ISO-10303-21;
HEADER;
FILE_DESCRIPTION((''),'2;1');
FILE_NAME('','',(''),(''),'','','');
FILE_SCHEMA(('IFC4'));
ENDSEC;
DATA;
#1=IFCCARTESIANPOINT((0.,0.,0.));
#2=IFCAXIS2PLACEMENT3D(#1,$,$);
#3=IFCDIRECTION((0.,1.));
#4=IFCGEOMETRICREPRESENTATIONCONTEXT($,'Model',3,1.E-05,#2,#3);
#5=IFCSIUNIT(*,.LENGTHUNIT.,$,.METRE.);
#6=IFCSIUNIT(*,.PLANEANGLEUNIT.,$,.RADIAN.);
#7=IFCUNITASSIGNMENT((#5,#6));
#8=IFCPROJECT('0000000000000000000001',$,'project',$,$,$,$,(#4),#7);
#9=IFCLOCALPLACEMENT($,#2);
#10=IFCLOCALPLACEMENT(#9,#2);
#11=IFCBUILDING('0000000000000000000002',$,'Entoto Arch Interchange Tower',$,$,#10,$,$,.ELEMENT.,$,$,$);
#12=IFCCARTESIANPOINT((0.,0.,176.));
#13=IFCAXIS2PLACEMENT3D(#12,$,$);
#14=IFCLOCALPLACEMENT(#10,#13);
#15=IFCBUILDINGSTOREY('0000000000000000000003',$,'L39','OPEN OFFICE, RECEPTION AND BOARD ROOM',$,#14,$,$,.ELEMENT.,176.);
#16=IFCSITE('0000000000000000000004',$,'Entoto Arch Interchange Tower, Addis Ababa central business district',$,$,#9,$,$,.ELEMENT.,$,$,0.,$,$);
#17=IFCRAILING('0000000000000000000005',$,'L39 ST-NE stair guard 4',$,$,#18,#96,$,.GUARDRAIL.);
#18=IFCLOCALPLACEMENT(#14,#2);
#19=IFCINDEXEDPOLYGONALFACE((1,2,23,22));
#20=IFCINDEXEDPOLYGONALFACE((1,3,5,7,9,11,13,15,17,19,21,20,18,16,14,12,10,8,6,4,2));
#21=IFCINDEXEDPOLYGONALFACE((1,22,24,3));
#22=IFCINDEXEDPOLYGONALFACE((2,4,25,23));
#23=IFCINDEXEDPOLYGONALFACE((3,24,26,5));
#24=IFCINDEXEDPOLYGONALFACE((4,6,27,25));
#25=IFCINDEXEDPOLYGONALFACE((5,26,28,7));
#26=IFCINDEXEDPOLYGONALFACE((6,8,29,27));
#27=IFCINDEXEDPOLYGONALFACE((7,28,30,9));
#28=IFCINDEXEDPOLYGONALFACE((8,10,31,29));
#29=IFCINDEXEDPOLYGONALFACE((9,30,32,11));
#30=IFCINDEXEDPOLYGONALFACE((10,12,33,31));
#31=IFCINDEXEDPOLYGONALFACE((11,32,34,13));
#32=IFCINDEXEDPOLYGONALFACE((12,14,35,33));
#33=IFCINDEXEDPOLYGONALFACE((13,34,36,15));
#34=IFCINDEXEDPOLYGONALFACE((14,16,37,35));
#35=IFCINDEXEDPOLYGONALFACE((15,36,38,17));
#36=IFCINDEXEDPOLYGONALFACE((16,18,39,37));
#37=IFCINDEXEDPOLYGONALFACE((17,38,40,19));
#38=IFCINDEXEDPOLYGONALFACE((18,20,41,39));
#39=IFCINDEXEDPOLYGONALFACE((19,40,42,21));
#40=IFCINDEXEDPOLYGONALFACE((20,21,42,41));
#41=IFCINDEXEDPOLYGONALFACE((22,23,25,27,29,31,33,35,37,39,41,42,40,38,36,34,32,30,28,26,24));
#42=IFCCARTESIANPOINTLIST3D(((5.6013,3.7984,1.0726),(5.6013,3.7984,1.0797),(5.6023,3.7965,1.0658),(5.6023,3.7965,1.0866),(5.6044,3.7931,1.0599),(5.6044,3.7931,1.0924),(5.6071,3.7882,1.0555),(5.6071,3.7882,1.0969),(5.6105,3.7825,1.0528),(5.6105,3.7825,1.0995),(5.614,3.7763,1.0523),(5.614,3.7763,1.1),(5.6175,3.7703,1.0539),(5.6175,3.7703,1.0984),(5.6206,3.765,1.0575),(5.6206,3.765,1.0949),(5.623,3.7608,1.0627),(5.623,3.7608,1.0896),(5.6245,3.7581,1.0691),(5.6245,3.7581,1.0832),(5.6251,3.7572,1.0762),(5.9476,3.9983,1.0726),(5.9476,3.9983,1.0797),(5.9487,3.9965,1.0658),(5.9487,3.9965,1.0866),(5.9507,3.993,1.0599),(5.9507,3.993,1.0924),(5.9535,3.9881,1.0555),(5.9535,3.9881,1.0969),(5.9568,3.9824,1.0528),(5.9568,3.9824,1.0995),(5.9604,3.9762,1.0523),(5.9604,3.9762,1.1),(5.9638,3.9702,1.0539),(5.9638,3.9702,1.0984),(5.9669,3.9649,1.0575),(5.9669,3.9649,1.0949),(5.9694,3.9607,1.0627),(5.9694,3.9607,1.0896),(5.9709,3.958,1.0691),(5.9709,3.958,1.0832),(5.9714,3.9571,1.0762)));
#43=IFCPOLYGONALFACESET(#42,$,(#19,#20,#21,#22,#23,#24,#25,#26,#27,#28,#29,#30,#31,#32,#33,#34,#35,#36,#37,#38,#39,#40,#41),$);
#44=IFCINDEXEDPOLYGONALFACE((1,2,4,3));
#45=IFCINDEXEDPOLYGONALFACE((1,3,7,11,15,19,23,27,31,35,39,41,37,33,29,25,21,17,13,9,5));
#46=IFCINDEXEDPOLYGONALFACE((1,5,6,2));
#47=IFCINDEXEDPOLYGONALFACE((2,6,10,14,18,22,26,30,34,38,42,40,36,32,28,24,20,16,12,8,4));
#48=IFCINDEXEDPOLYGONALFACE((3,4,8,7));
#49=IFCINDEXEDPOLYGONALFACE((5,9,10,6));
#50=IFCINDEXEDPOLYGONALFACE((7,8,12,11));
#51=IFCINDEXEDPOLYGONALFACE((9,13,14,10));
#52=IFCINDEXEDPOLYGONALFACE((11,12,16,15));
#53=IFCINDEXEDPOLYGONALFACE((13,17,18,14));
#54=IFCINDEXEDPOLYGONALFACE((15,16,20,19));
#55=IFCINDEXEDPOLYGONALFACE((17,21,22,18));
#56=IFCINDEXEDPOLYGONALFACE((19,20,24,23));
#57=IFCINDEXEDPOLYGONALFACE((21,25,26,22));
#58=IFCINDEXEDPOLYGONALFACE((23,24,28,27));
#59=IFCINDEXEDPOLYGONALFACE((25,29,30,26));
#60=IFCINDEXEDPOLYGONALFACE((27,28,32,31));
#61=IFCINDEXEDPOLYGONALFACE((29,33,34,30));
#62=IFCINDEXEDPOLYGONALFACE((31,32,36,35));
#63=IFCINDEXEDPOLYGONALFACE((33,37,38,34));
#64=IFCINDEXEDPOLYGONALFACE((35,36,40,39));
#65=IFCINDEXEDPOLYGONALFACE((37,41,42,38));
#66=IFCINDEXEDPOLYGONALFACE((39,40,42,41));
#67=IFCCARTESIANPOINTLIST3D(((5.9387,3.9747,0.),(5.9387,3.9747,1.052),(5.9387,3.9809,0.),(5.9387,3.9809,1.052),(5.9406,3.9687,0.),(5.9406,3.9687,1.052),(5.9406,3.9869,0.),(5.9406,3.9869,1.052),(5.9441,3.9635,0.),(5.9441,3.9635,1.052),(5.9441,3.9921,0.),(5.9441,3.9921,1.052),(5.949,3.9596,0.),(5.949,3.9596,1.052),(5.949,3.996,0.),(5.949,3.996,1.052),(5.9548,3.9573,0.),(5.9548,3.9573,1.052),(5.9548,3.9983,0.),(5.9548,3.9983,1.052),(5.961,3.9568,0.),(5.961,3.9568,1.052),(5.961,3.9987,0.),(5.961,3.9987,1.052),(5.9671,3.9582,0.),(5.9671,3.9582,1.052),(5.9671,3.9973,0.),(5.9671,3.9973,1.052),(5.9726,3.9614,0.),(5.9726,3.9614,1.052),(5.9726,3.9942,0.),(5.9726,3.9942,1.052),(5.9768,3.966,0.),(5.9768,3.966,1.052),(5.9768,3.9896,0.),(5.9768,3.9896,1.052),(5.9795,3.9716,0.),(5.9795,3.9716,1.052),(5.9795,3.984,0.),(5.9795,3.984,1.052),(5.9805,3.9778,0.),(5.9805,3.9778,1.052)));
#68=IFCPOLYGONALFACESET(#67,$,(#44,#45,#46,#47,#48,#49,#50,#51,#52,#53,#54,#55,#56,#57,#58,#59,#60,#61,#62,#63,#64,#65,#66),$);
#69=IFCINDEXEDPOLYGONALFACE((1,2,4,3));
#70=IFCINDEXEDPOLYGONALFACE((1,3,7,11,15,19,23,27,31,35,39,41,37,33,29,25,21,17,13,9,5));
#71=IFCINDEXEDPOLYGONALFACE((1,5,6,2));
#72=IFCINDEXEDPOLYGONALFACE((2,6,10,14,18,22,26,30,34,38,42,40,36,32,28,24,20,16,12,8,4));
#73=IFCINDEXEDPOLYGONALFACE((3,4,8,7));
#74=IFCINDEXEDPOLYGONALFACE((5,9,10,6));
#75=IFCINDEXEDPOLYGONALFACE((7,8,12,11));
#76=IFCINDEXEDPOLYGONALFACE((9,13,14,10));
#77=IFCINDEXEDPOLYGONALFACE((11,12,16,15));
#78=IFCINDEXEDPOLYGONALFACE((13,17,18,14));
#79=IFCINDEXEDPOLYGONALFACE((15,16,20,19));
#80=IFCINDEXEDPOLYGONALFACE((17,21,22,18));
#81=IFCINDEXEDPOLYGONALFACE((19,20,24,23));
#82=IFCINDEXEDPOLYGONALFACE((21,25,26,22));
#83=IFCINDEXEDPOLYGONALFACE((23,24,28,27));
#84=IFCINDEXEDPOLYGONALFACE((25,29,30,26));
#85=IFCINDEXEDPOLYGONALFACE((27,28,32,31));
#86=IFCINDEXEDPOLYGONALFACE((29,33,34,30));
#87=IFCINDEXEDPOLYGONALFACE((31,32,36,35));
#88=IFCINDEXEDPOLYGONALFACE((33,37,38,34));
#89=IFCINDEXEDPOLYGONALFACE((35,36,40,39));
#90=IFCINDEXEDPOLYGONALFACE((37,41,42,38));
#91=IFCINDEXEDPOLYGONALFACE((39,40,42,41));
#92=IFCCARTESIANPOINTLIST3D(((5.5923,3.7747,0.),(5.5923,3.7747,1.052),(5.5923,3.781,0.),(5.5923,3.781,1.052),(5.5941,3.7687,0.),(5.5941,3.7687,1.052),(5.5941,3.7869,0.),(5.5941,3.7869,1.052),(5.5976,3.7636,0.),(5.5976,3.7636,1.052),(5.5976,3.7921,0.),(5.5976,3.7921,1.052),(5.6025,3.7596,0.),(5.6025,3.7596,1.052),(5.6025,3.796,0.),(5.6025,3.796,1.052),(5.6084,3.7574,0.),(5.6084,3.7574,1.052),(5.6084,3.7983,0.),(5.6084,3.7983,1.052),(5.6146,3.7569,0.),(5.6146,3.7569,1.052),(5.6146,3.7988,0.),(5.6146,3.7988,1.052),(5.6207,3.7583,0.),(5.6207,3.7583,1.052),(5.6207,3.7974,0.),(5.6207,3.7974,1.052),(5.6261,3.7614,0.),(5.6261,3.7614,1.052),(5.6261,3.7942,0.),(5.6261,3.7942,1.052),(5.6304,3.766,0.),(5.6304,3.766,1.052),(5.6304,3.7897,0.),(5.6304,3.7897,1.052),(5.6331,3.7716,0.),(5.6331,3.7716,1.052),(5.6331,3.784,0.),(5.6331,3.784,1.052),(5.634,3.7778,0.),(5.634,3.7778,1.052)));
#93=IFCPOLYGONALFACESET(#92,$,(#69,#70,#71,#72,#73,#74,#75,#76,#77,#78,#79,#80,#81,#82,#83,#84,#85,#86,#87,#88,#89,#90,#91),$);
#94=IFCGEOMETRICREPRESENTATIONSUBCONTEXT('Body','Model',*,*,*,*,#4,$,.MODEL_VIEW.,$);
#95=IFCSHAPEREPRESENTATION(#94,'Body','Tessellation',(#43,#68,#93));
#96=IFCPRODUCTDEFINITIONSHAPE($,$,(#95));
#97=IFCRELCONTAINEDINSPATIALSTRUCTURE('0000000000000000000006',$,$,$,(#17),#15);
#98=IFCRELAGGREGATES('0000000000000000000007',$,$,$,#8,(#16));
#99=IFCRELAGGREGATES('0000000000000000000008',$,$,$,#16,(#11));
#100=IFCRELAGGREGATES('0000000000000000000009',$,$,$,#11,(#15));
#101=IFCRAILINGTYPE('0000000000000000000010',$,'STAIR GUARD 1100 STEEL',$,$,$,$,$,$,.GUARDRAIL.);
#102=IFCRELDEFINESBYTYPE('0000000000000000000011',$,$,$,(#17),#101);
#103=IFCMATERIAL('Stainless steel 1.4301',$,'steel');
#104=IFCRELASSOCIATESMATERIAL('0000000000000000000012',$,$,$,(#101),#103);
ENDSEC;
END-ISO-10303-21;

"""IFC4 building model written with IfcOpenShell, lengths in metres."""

from ifc_helpers import new_model, si_unit, direction, frame, origin, origin_2d, place, context, subcontext, project, spatial, circle, extrude, material, type_object, element, save


model = new_model("IFC4")

# Units and contexts
model_context = context("Model", 3, precision=1e-05, world=origin(), true_north=direction((0.0, 1.0)))
body_context = subcontext(model_context, "Body", "Model", "MODEL_VIEW")
ifc_project = project(units=[si_unit("LENGTHUNIT", "METRE"), si_unit("PLANEANGLEUNIT", "RADIAN")], contexts=[model_context])

# Site, building, storey
site_placement = place(None, origin())
site = spatial("IfcSite", under=ifc_project, at=site_placement, Name="Entoto Arch Interchange Tower, Addis Ababa central business district", CompositionType="ELEMENT", RefElevation=0.0)
building_placement = place(site_placement, origin())
building = spatial("IfcBuilding", under=site, at=building_placement, Name="Entoto Arch Interchange Tower", CompositionType="ELEMENT")
storey_placement = place(building_placement, frame((0.0, 0.0, 176.0)))
storey = spatial("IfcBuildingStorey", under=building, at=storey_placement, Name="L39", Description="OPEN OFFICE, RECEPTION AND BOARD ROOM", CompositionType="ELEMENT", Elevation=176.0)

# Railing
ifc_material_1 = material(Name="Stainless steel 1.4301", Category="steel")
railing_type_1 = type_object("IfcRailingType", Name="STAIR GUARD 1100 STEEL", PredefinedType="GUARDRAIL", material=ifc_material_1)
railing_1_placement = place(storey_placement, frame((5.9595, 3.9778, 0.0)))
element("IfcRailing", 1, at=railing_1_placement, inside=storey, type_object=railing_type_1, Name="L39 ST-NE stair guard 4", PredefinedType="GUARDRAIL", context=body_context, shape_type="SweptSolid", body=[
    extrude(circle(Radius=0.0239, at=origin_2d()), frame((0.0, 0.0, 1.0762), z_axis=(-0.866094, -0.499881, 0.0), x_axis=(0.499881, -0.866094, 0.0)), (0.0, 0.0, 1.0), 0.3999),
    extrude(circle(Radius=0.021, at=origin_2d()), origin(), (0.0, 0.0, 1.0), 1.052),
    extrude(circle(Radius=0.021, at=origin_2d()), frame((-0.3464, -0.2, 0.0)), (0.0, 0.0, 1.0), 1.052),
])

save(model, "model.ifc")
